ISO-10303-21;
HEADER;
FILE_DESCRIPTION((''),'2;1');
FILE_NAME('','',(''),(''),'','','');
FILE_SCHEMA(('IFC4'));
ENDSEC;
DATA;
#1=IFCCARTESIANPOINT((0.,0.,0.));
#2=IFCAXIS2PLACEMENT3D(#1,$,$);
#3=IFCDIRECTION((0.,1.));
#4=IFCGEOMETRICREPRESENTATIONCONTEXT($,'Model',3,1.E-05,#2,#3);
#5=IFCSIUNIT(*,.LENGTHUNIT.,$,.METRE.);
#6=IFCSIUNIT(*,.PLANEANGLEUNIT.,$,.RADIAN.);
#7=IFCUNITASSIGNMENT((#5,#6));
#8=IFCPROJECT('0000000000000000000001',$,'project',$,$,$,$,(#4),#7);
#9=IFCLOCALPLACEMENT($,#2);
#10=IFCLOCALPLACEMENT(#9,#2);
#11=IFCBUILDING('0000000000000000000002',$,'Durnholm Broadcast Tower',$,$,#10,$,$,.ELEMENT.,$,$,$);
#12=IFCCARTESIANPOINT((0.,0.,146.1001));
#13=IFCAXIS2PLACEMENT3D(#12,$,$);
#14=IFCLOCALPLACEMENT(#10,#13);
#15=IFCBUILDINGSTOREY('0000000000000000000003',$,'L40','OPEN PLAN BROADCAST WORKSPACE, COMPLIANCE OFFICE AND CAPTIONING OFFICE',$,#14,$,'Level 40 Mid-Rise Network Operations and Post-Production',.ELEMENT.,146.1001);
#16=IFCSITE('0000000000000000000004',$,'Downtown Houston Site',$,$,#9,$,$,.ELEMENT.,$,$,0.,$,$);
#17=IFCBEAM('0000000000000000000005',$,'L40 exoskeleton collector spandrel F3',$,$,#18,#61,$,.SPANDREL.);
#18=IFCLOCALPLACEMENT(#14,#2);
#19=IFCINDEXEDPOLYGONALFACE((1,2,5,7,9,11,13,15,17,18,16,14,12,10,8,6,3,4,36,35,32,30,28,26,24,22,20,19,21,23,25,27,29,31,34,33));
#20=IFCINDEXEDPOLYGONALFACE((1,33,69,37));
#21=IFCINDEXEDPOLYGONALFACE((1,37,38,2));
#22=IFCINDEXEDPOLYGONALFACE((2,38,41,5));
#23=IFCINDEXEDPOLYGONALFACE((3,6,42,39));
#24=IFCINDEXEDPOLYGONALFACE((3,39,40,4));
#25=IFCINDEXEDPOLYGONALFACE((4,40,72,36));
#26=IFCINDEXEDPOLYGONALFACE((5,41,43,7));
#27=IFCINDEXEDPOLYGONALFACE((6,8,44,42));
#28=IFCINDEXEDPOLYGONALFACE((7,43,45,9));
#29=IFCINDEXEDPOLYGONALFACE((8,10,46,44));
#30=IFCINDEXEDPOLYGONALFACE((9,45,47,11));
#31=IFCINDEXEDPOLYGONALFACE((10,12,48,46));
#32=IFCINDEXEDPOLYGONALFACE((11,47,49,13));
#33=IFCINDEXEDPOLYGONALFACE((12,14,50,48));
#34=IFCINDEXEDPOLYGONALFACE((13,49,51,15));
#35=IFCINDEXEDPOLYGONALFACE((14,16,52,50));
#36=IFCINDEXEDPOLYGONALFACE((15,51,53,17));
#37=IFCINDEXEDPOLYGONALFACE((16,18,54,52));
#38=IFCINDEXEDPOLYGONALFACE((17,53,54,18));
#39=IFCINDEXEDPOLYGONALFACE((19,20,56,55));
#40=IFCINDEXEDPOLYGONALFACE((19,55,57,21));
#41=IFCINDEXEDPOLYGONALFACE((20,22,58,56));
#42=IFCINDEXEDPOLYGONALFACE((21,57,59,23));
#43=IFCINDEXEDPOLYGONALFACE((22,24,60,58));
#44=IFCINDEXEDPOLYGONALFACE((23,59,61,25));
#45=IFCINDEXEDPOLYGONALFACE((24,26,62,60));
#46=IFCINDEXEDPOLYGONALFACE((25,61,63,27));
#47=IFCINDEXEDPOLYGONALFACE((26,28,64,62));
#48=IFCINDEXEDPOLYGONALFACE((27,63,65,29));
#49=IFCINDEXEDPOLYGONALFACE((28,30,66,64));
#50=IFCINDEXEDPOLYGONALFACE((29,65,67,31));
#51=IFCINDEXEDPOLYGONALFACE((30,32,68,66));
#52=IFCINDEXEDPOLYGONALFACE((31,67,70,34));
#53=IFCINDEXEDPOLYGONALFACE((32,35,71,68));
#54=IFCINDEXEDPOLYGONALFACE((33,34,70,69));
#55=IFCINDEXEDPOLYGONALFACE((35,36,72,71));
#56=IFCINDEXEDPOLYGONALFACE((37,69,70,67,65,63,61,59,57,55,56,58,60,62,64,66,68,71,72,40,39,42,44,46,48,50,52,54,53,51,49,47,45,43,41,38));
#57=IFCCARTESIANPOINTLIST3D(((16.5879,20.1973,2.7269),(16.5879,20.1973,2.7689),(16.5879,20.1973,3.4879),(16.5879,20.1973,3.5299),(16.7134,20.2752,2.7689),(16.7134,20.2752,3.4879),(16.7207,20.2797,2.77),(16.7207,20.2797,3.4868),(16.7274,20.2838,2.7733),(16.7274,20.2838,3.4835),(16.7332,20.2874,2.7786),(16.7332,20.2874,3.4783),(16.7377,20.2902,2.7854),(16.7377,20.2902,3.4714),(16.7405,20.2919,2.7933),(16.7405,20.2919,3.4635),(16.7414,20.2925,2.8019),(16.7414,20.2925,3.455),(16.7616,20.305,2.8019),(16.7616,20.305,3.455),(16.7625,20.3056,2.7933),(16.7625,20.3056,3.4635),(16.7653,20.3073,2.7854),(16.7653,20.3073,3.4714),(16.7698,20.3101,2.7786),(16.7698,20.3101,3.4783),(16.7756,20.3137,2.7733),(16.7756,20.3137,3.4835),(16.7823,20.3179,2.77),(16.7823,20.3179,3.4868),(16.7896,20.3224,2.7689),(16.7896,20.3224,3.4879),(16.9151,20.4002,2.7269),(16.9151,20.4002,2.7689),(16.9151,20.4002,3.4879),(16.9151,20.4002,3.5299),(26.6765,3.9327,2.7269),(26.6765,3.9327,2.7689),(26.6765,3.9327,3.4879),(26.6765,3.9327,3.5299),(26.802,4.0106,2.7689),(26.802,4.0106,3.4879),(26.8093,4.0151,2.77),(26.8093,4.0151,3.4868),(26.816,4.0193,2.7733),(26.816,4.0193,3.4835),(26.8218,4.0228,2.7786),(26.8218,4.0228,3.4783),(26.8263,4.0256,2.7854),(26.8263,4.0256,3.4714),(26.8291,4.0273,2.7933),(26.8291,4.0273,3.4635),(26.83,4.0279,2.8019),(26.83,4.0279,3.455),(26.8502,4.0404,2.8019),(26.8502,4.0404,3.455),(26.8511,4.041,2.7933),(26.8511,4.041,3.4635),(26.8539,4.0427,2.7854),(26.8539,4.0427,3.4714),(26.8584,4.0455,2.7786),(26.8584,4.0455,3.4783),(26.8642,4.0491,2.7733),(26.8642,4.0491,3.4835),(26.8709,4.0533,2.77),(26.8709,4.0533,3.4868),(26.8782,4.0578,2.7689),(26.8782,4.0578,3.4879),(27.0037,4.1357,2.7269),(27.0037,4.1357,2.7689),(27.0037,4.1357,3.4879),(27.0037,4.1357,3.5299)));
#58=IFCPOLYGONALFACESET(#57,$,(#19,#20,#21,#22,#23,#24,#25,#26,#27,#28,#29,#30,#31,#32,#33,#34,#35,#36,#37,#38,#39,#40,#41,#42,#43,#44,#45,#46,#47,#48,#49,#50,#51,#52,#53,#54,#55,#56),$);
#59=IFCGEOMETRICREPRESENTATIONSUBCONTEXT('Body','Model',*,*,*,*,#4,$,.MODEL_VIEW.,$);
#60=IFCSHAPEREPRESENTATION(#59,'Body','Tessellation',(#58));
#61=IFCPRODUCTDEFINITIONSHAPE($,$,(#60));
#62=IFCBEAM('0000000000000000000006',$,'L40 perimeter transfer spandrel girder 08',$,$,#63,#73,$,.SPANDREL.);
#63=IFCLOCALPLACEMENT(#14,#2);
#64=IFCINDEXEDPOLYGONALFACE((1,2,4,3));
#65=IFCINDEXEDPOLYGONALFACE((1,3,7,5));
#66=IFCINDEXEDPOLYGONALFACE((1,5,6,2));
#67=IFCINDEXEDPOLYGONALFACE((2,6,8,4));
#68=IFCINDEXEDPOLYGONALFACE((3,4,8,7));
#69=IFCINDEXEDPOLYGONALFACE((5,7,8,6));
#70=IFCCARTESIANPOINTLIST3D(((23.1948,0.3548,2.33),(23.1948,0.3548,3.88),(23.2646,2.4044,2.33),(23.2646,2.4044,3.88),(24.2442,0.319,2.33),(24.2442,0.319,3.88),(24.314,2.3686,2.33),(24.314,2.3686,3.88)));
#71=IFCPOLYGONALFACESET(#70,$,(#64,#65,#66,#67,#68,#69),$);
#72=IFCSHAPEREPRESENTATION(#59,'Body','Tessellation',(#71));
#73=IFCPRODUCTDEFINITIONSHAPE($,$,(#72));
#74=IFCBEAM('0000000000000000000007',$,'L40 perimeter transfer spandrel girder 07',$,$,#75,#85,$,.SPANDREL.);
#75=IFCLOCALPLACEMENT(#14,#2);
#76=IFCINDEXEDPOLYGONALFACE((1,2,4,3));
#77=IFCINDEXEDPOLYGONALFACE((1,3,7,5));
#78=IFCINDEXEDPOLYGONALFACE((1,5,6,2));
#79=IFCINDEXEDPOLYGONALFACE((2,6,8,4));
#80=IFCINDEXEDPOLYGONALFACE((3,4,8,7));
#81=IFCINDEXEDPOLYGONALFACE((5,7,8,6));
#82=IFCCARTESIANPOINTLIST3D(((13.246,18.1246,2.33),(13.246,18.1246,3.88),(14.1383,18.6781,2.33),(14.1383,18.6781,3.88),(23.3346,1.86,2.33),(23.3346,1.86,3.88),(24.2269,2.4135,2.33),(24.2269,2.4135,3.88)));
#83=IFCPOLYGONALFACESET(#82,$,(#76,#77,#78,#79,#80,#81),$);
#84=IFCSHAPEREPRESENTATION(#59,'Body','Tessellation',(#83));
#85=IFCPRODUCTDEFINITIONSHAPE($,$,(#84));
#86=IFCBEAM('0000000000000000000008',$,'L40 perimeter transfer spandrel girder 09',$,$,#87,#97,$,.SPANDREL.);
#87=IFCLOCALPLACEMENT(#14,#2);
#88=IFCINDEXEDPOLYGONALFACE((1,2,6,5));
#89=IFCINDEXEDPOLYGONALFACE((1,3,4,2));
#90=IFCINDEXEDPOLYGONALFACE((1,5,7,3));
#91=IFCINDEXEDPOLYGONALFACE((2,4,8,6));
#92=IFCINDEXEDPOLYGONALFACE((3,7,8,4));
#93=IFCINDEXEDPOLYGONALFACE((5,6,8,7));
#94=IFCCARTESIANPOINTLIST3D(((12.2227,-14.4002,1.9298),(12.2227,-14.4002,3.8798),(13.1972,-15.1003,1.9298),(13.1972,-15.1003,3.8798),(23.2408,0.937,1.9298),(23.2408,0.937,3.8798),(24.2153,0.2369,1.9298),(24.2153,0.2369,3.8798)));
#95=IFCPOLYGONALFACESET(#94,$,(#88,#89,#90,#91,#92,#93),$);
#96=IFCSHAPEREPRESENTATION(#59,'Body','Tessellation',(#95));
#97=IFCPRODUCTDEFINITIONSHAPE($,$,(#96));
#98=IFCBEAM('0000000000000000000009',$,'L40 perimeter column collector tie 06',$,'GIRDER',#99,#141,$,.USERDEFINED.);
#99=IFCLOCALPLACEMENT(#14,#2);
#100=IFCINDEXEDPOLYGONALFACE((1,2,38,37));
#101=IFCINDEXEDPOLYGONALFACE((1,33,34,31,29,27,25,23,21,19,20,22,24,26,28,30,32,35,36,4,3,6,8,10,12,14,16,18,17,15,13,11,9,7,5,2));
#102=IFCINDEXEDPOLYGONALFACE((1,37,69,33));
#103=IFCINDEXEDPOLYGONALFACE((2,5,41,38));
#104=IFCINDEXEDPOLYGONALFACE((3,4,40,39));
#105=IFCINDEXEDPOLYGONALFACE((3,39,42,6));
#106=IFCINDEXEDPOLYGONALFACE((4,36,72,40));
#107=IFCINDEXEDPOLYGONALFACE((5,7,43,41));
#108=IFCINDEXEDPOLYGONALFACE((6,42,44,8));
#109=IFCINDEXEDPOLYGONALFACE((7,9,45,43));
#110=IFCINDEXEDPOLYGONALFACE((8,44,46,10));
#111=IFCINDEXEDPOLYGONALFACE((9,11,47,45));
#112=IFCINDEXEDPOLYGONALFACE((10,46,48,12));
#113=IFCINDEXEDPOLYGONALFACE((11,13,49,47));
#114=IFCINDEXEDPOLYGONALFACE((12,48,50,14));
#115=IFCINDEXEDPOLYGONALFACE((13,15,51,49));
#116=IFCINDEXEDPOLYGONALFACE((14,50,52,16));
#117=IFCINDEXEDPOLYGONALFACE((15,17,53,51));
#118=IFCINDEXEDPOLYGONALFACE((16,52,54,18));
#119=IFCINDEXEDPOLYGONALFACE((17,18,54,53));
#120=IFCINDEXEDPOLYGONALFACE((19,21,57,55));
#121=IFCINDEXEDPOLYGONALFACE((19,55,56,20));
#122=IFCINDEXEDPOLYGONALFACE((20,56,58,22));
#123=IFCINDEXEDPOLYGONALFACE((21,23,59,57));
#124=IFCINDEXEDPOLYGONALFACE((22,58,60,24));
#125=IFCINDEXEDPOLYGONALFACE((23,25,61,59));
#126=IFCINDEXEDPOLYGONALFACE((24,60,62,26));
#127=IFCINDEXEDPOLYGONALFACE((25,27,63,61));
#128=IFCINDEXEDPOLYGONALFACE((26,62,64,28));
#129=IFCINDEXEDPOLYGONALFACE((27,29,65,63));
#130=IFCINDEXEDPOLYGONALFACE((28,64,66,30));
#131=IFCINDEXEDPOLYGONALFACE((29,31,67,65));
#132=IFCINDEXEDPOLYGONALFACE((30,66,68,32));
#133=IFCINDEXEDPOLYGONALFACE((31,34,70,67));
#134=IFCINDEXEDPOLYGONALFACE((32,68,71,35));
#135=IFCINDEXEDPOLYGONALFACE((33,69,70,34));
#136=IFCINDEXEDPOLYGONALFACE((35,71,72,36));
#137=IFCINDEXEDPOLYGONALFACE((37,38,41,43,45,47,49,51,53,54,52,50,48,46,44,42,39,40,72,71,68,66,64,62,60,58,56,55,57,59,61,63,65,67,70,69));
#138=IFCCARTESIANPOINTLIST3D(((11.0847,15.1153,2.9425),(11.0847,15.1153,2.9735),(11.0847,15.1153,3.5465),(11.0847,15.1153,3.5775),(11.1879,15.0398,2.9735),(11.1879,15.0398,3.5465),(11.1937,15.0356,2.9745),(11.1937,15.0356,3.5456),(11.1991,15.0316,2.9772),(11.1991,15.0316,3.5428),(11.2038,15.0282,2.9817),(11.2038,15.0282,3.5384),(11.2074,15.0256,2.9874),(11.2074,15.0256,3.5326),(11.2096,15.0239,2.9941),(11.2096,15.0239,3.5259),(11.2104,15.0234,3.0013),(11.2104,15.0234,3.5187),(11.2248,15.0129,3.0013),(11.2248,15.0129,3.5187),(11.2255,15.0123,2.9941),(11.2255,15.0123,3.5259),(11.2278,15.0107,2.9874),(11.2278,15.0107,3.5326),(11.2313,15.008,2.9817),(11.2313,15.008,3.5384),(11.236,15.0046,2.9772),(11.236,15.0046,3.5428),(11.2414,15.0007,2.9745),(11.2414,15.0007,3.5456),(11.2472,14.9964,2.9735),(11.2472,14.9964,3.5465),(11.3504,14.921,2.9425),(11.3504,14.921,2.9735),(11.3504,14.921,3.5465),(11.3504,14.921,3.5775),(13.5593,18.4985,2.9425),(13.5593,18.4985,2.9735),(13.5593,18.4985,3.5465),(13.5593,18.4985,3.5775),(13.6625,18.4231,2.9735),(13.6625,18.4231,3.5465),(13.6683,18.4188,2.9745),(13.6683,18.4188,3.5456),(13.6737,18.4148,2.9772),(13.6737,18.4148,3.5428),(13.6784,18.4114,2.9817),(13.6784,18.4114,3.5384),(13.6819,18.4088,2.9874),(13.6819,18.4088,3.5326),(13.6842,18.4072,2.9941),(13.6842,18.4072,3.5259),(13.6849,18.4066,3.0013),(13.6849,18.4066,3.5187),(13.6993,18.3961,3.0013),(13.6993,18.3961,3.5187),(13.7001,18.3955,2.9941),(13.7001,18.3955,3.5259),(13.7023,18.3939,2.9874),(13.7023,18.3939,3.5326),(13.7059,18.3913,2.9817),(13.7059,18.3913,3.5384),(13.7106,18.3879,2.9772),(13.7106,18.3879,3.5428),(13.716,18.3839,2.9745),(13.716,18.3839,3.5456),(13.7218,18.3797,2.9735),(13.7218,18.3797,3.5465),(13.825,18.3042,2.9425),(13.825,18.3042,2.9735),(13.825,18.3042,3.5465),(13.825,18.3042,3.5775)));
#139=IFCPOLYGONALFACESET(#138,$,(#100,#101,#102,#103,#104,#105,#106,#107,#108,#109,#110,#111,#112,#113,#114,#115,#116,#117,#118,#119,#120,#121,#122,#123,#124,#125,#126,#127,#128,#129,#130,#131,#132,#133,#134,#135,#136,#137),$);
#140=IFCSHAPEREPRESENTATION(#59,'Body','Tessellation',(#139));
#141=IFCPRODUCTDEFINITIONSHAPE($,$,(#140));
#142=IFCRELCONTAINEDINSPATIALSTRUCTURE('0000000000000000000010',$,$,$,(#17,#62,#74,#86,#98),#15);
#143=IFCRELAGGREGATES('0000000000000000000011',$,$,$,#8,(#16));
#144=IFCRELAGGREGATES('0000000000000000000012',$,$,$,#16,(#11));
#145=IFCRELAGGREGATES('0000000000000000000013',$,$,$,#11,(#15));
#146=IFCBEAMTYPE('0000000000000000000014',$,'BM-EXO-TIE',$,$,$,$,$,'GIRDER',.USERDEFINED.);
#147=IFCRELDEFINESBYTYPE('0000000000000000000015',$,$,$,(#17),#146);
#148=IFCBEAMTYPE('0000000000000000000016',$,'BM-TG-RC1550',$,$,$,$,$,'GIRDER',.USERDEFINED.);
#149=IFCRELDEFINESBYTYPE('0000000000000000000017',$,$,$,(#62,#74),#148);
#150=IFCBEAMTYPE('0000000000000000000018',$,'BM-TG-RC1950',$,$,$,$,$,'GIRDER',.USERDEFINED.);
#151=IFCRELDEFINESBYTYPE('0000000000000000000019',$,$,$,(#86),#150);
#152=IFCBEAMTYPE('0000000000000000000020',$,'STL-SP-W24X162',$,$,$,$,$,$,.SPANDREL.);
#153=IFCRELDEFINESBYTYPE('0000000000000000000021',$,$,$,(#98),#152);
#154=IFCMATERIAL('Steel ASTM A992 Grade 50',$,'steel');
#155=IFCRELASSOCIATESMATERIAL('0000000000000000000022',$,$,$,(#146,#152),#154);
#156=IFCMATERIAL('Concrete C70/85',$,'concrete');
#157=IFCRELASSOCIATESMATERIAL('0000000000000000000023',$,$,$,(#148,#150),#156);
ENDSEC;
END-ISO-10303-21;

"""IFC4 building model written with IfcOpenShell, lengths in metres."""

from ifc_helpers import new_model, si_unit, direction, frame, origin, origin_2d, place, context, subcontext, project, spatial, rectangle, i_section, extrude, source, transform, mapped, material, material_profile, profile_set, type_object, type_shapes, element, save


model = new_model("IFC4")

# Units and contexts
model_context = context("Model", 3, precision=1e-05, world=origin(), true_north=direction((0.0, 1.0)))
body_context = subcontext(model_context, "Body", "Model", "MODEL_VIEW")
ifc_project = project(units=[si_unit("LENGTHUNIT", "METRE"), si_unit("PLANEANGLEUNIT", "RADIAN")], contexts=[model_context])

# Site, building, storey
site_placement = place(None, origin())
site = spatial("IfcSite", under=ifc_project, at=site_placement, Name="Downtown Houston Site", CompositionType="ELEMENT", RefElevation=0.0)
building_placement = place(site_placement, origin())
building = spatial("IfcBuilding", under=site, at=building_placement, Name="Durnholm Broadcast Tower", CompositionType="ELEMENT")
storey_placement = place(building_placement, frame((0.0, 0.0, 146.1001)))
storey = spatial("IfcBuildingStorey", under=building, at=storey_placement, Name="L40", Description="OPEN PLAN BROADCAST WORKSPACE, COMPLIANCE OFFICE AND CAPTIONING OFFICE", LongName="Level 40 Mid-Rise Network Operations and Post-Production", CompositionType="ELEMENT", Elevation=146.1001)

# Shared definitions
ifc_material_1 = material(Name="Concrete C70/85", Category="concrete")

# Beams
ifc_material_2 = material(Name="Steel ASTM A992 Grade 50", Category="steel")
ifc_material_profile_1 = material_profile(ifc_material_2, i_section(OverallWidth=0.385, OverallDepth=0.803, WebThickness=0.0237, FlangeThickness=0.042, FilletRadius=0.033, at=origin_2d()), Name="W30X261")
ifc_profile_set_1 = profile_set([ifc_material_profile_1], Name="Steel ASTM A992 Grade 50")
beam_type_1 = type_object("IfcBeamType", Name="BM-EXO-TIE", ElementType="GIRDER", PredefinedType="USERDEFINED", material=ifc_profile_set_1)
shared_shape_1 = source(origin(), body_context, "Body", "SweptSolid", [
    extrude(i_section(OverallWidth=0.385, OverallDepth=0.803, WebThickness=0.0237, FlangeThickness=0.042, FilletRadius=0.033, at=origin_2d()), origin(), (0.0, 0.0, 1.0), 19.1394),
])
beam_1_placement = place(storey_placement, frame((26.8401, 4.0342, 3.1284), z_axis=(-0.527111, 0.849796, 0.0), x_axis=(-0.849796, -0.527111, 0.0)))
element("IfcBeam", 1, at=beam_1_placement, inside=storey, type_object=beam_type_1, Name="L40 exoskeleton collector spandrel F3", PredefinedType="SPANDREL", context=body_context, shape_type="MappedRepresentation", body=[
    mapped(shared_shape_1, transform((0.0, 0.0, 0.0), x_axis=(1.0, 0.0, 0.0), y_axis=(0.0, 1.0, 0.0), z_axis=(0.0, 0.0, 1.0), scale=1.0)),
])
ifc_material_profile_2 = material_profile(ifc_material_1, rectangle(XDim=1.05, YDim=1.55, at=origin_2d()), Name="RC1050X1550")
ifc_profile_set_2 = profile_set([ifc_material_profile_2], Name="Concrete C70/85")
beam_type_2 = type_object("IfcBeamType", Name="BM-TG-RC1550", ElementType="GIRDER", PredefinedType="USERDEFINED", material=ifc_profile_set_2)
shared_shape_2 = source(origin(), body_context, "Body", "SweptSolid", [
    extrude(rectangle(XDim=1.05, YDim=1.55, at=origin_2d()), origin(), (0.0, 0.0, 1.0), 2.0508),
])
beam_2_placement = place(storey_placement, frame((23.7893, 2.3865, 3.105), z_axis=(-0.034048, -0.99942, 0.0), x_axis=(0.99942, -0.034048, 0.0)))
element("IfcBeam", 2, at=beam_2_placement, inside=storey, type_object=beam_type_2, Name="L40 perimeter transfer spandrel girder 08", PredefinedType="SPANDREL", context=body_context, shape_type="MappedRepresentation", body=[
    mapped(shared_shape_2, transform((0.0, 0.0, 0.0), x_axis=(1.0, 0.0, 0.0), y_axis=(0.0, 1.0, 0.0), z_axis=(0.0, 0.0, 1.0), scale=1.0)),
])
shared_shape_3 = source(origin(), body_context, "Body", "SweptSolid", [
    extrude(rectangle(XDim=1.05, YDim=1.55, at=origin_2d()), origin(), (0.0, 0.0, 1.0), 19.1394),
])
type_shapes(beam_type_2, [shared_shape_2, shared_shape_3])
beam_3_placement = place(storey_placement, frame((13.6921, 18.4014, 3.105), z_axis=(0.527111, -0.849796, 0.0), x_axis=(0.849796, 0.527111, 0.0)))
element("IfcBeam", 3, at=beam_3_placement, inside=storey, type_object=beam_type_2, Name="L40 perimeter transfer spandrel girder 07", PredefinedType="SPANDREL", context=body_context, shape_type="MappedRepresentation", body=[
    mapped(shared_shape_3, transform((0.0, 0.0, 0.0), x_axis=(1.0, 0.0, 0.0), y_axis=(0.0, 1.0, 0.0), z_axis=(0.0, 0.0, 1.0), scale=1.0)),
])
ifc_material_profile_3 = material_profile(ifc_material_1, rectangle(XDim=1.2, YDim=1.95, at=origin_2d()), Name="RC1200X1950")
ifc_profile_set_3 = profile_set([ifc_material_profile_3], Name="Concrete C70/85")
beam_type_3 = type_object("IfcBeamType", Name="BM-TG-RC1950", ElementType="GIRDER", PredefinedType="USERDEFINED", material=ifc_profile_set_3)
shared_shape_4 = source(origin(), body_context, "Body", "SweptSolid", [
    extrude(rectangle(XDim=1.2, YDim=1.95, at=origin_2d()), origin(), (0.0, 0.0, 1.0), 18.8845),
])
type_shapes(beam_type_3, [shared_shape_4])
beam_4_placement = place(storey_placement, frame((23.728, 0.5869, 2.9048), z_axis=(-0.583443, -0.812154, 0.0), x_axis=(0.812154, -0.583443, 0.0)))
element("IfcBeam", 4, at=beam_4_placement, inside=storey, type_object=beam_type_3, Name="L40 perimeter transfer spandrel girder 09", PredefinedType="SPANDREL", context=body_context, shape_type="MappedRepresentation", body=[
    mapped(shared_shape_4, transform((0.0, 0.0, 0.0), x_axis=(1.0, 0.0, 0.0), y_axis=(0.0, 1.0, 0.0), z_axis=(0.0, 0.0, 1.0), scale=1.0)),
])
ifc_material_profile_4 = material_profile(ifc_material_2, i_section(OverallWidth=0.3291, OverallDepth=0.635, WebThickness=0.0178, FlangeThickness=0.031, FilletRadius=0.0278, at=origin_2d()), Name="W24X162")
ifc_profile_set_4 = profile_set([ifc_material_profile_4], Name="Steel ASTM A992 Grade 50")
beam_type_4 = type_object("IfcBeamType", Name="STL-SP-W24X162", PredefinedType="SPANDREL", material=ifc_profile_set_4)
shared_shape_5 = source(origin(), body_context, "Body", "SweptSolid", [
    extrude(i_section(OverallWidth=0.3291, OverallDepth=0.635, WebThickness=0.0178, FlangeThickness=0.031, FilletRadius=0.0278, at=origin_2d()), origin(), (0.0, 0.0, 1.0), 4.1917),
])
beam_5_placement = place(storey_placement, frame((13.6921, 18.4014, 3.26), z_axis=(-0.590358, -0.807141, 0.0), x_axis=(0.807141, -0.590358, 0.0)))
element("IfcBeam", 5, at=beam_5_placement, inside=storey, type_object=beam_type_4, Name="L40 perimeter column collector tie 06", ObjectType="GIRDER", PredefinedType="USERDEFINED", context=body_context, shape_type="MappedRepresentation", body=[
    mapped(shared_shape_5, transform((0.0, 0.0, 0.0), x_axis=(1.0, 0.0, 0.0), y_axis=(0.0, 1.0, 0.0), z_axis=(0.0, 0.0, 1.0), scale=1.0)),
])

save(model, "model.ifc")
